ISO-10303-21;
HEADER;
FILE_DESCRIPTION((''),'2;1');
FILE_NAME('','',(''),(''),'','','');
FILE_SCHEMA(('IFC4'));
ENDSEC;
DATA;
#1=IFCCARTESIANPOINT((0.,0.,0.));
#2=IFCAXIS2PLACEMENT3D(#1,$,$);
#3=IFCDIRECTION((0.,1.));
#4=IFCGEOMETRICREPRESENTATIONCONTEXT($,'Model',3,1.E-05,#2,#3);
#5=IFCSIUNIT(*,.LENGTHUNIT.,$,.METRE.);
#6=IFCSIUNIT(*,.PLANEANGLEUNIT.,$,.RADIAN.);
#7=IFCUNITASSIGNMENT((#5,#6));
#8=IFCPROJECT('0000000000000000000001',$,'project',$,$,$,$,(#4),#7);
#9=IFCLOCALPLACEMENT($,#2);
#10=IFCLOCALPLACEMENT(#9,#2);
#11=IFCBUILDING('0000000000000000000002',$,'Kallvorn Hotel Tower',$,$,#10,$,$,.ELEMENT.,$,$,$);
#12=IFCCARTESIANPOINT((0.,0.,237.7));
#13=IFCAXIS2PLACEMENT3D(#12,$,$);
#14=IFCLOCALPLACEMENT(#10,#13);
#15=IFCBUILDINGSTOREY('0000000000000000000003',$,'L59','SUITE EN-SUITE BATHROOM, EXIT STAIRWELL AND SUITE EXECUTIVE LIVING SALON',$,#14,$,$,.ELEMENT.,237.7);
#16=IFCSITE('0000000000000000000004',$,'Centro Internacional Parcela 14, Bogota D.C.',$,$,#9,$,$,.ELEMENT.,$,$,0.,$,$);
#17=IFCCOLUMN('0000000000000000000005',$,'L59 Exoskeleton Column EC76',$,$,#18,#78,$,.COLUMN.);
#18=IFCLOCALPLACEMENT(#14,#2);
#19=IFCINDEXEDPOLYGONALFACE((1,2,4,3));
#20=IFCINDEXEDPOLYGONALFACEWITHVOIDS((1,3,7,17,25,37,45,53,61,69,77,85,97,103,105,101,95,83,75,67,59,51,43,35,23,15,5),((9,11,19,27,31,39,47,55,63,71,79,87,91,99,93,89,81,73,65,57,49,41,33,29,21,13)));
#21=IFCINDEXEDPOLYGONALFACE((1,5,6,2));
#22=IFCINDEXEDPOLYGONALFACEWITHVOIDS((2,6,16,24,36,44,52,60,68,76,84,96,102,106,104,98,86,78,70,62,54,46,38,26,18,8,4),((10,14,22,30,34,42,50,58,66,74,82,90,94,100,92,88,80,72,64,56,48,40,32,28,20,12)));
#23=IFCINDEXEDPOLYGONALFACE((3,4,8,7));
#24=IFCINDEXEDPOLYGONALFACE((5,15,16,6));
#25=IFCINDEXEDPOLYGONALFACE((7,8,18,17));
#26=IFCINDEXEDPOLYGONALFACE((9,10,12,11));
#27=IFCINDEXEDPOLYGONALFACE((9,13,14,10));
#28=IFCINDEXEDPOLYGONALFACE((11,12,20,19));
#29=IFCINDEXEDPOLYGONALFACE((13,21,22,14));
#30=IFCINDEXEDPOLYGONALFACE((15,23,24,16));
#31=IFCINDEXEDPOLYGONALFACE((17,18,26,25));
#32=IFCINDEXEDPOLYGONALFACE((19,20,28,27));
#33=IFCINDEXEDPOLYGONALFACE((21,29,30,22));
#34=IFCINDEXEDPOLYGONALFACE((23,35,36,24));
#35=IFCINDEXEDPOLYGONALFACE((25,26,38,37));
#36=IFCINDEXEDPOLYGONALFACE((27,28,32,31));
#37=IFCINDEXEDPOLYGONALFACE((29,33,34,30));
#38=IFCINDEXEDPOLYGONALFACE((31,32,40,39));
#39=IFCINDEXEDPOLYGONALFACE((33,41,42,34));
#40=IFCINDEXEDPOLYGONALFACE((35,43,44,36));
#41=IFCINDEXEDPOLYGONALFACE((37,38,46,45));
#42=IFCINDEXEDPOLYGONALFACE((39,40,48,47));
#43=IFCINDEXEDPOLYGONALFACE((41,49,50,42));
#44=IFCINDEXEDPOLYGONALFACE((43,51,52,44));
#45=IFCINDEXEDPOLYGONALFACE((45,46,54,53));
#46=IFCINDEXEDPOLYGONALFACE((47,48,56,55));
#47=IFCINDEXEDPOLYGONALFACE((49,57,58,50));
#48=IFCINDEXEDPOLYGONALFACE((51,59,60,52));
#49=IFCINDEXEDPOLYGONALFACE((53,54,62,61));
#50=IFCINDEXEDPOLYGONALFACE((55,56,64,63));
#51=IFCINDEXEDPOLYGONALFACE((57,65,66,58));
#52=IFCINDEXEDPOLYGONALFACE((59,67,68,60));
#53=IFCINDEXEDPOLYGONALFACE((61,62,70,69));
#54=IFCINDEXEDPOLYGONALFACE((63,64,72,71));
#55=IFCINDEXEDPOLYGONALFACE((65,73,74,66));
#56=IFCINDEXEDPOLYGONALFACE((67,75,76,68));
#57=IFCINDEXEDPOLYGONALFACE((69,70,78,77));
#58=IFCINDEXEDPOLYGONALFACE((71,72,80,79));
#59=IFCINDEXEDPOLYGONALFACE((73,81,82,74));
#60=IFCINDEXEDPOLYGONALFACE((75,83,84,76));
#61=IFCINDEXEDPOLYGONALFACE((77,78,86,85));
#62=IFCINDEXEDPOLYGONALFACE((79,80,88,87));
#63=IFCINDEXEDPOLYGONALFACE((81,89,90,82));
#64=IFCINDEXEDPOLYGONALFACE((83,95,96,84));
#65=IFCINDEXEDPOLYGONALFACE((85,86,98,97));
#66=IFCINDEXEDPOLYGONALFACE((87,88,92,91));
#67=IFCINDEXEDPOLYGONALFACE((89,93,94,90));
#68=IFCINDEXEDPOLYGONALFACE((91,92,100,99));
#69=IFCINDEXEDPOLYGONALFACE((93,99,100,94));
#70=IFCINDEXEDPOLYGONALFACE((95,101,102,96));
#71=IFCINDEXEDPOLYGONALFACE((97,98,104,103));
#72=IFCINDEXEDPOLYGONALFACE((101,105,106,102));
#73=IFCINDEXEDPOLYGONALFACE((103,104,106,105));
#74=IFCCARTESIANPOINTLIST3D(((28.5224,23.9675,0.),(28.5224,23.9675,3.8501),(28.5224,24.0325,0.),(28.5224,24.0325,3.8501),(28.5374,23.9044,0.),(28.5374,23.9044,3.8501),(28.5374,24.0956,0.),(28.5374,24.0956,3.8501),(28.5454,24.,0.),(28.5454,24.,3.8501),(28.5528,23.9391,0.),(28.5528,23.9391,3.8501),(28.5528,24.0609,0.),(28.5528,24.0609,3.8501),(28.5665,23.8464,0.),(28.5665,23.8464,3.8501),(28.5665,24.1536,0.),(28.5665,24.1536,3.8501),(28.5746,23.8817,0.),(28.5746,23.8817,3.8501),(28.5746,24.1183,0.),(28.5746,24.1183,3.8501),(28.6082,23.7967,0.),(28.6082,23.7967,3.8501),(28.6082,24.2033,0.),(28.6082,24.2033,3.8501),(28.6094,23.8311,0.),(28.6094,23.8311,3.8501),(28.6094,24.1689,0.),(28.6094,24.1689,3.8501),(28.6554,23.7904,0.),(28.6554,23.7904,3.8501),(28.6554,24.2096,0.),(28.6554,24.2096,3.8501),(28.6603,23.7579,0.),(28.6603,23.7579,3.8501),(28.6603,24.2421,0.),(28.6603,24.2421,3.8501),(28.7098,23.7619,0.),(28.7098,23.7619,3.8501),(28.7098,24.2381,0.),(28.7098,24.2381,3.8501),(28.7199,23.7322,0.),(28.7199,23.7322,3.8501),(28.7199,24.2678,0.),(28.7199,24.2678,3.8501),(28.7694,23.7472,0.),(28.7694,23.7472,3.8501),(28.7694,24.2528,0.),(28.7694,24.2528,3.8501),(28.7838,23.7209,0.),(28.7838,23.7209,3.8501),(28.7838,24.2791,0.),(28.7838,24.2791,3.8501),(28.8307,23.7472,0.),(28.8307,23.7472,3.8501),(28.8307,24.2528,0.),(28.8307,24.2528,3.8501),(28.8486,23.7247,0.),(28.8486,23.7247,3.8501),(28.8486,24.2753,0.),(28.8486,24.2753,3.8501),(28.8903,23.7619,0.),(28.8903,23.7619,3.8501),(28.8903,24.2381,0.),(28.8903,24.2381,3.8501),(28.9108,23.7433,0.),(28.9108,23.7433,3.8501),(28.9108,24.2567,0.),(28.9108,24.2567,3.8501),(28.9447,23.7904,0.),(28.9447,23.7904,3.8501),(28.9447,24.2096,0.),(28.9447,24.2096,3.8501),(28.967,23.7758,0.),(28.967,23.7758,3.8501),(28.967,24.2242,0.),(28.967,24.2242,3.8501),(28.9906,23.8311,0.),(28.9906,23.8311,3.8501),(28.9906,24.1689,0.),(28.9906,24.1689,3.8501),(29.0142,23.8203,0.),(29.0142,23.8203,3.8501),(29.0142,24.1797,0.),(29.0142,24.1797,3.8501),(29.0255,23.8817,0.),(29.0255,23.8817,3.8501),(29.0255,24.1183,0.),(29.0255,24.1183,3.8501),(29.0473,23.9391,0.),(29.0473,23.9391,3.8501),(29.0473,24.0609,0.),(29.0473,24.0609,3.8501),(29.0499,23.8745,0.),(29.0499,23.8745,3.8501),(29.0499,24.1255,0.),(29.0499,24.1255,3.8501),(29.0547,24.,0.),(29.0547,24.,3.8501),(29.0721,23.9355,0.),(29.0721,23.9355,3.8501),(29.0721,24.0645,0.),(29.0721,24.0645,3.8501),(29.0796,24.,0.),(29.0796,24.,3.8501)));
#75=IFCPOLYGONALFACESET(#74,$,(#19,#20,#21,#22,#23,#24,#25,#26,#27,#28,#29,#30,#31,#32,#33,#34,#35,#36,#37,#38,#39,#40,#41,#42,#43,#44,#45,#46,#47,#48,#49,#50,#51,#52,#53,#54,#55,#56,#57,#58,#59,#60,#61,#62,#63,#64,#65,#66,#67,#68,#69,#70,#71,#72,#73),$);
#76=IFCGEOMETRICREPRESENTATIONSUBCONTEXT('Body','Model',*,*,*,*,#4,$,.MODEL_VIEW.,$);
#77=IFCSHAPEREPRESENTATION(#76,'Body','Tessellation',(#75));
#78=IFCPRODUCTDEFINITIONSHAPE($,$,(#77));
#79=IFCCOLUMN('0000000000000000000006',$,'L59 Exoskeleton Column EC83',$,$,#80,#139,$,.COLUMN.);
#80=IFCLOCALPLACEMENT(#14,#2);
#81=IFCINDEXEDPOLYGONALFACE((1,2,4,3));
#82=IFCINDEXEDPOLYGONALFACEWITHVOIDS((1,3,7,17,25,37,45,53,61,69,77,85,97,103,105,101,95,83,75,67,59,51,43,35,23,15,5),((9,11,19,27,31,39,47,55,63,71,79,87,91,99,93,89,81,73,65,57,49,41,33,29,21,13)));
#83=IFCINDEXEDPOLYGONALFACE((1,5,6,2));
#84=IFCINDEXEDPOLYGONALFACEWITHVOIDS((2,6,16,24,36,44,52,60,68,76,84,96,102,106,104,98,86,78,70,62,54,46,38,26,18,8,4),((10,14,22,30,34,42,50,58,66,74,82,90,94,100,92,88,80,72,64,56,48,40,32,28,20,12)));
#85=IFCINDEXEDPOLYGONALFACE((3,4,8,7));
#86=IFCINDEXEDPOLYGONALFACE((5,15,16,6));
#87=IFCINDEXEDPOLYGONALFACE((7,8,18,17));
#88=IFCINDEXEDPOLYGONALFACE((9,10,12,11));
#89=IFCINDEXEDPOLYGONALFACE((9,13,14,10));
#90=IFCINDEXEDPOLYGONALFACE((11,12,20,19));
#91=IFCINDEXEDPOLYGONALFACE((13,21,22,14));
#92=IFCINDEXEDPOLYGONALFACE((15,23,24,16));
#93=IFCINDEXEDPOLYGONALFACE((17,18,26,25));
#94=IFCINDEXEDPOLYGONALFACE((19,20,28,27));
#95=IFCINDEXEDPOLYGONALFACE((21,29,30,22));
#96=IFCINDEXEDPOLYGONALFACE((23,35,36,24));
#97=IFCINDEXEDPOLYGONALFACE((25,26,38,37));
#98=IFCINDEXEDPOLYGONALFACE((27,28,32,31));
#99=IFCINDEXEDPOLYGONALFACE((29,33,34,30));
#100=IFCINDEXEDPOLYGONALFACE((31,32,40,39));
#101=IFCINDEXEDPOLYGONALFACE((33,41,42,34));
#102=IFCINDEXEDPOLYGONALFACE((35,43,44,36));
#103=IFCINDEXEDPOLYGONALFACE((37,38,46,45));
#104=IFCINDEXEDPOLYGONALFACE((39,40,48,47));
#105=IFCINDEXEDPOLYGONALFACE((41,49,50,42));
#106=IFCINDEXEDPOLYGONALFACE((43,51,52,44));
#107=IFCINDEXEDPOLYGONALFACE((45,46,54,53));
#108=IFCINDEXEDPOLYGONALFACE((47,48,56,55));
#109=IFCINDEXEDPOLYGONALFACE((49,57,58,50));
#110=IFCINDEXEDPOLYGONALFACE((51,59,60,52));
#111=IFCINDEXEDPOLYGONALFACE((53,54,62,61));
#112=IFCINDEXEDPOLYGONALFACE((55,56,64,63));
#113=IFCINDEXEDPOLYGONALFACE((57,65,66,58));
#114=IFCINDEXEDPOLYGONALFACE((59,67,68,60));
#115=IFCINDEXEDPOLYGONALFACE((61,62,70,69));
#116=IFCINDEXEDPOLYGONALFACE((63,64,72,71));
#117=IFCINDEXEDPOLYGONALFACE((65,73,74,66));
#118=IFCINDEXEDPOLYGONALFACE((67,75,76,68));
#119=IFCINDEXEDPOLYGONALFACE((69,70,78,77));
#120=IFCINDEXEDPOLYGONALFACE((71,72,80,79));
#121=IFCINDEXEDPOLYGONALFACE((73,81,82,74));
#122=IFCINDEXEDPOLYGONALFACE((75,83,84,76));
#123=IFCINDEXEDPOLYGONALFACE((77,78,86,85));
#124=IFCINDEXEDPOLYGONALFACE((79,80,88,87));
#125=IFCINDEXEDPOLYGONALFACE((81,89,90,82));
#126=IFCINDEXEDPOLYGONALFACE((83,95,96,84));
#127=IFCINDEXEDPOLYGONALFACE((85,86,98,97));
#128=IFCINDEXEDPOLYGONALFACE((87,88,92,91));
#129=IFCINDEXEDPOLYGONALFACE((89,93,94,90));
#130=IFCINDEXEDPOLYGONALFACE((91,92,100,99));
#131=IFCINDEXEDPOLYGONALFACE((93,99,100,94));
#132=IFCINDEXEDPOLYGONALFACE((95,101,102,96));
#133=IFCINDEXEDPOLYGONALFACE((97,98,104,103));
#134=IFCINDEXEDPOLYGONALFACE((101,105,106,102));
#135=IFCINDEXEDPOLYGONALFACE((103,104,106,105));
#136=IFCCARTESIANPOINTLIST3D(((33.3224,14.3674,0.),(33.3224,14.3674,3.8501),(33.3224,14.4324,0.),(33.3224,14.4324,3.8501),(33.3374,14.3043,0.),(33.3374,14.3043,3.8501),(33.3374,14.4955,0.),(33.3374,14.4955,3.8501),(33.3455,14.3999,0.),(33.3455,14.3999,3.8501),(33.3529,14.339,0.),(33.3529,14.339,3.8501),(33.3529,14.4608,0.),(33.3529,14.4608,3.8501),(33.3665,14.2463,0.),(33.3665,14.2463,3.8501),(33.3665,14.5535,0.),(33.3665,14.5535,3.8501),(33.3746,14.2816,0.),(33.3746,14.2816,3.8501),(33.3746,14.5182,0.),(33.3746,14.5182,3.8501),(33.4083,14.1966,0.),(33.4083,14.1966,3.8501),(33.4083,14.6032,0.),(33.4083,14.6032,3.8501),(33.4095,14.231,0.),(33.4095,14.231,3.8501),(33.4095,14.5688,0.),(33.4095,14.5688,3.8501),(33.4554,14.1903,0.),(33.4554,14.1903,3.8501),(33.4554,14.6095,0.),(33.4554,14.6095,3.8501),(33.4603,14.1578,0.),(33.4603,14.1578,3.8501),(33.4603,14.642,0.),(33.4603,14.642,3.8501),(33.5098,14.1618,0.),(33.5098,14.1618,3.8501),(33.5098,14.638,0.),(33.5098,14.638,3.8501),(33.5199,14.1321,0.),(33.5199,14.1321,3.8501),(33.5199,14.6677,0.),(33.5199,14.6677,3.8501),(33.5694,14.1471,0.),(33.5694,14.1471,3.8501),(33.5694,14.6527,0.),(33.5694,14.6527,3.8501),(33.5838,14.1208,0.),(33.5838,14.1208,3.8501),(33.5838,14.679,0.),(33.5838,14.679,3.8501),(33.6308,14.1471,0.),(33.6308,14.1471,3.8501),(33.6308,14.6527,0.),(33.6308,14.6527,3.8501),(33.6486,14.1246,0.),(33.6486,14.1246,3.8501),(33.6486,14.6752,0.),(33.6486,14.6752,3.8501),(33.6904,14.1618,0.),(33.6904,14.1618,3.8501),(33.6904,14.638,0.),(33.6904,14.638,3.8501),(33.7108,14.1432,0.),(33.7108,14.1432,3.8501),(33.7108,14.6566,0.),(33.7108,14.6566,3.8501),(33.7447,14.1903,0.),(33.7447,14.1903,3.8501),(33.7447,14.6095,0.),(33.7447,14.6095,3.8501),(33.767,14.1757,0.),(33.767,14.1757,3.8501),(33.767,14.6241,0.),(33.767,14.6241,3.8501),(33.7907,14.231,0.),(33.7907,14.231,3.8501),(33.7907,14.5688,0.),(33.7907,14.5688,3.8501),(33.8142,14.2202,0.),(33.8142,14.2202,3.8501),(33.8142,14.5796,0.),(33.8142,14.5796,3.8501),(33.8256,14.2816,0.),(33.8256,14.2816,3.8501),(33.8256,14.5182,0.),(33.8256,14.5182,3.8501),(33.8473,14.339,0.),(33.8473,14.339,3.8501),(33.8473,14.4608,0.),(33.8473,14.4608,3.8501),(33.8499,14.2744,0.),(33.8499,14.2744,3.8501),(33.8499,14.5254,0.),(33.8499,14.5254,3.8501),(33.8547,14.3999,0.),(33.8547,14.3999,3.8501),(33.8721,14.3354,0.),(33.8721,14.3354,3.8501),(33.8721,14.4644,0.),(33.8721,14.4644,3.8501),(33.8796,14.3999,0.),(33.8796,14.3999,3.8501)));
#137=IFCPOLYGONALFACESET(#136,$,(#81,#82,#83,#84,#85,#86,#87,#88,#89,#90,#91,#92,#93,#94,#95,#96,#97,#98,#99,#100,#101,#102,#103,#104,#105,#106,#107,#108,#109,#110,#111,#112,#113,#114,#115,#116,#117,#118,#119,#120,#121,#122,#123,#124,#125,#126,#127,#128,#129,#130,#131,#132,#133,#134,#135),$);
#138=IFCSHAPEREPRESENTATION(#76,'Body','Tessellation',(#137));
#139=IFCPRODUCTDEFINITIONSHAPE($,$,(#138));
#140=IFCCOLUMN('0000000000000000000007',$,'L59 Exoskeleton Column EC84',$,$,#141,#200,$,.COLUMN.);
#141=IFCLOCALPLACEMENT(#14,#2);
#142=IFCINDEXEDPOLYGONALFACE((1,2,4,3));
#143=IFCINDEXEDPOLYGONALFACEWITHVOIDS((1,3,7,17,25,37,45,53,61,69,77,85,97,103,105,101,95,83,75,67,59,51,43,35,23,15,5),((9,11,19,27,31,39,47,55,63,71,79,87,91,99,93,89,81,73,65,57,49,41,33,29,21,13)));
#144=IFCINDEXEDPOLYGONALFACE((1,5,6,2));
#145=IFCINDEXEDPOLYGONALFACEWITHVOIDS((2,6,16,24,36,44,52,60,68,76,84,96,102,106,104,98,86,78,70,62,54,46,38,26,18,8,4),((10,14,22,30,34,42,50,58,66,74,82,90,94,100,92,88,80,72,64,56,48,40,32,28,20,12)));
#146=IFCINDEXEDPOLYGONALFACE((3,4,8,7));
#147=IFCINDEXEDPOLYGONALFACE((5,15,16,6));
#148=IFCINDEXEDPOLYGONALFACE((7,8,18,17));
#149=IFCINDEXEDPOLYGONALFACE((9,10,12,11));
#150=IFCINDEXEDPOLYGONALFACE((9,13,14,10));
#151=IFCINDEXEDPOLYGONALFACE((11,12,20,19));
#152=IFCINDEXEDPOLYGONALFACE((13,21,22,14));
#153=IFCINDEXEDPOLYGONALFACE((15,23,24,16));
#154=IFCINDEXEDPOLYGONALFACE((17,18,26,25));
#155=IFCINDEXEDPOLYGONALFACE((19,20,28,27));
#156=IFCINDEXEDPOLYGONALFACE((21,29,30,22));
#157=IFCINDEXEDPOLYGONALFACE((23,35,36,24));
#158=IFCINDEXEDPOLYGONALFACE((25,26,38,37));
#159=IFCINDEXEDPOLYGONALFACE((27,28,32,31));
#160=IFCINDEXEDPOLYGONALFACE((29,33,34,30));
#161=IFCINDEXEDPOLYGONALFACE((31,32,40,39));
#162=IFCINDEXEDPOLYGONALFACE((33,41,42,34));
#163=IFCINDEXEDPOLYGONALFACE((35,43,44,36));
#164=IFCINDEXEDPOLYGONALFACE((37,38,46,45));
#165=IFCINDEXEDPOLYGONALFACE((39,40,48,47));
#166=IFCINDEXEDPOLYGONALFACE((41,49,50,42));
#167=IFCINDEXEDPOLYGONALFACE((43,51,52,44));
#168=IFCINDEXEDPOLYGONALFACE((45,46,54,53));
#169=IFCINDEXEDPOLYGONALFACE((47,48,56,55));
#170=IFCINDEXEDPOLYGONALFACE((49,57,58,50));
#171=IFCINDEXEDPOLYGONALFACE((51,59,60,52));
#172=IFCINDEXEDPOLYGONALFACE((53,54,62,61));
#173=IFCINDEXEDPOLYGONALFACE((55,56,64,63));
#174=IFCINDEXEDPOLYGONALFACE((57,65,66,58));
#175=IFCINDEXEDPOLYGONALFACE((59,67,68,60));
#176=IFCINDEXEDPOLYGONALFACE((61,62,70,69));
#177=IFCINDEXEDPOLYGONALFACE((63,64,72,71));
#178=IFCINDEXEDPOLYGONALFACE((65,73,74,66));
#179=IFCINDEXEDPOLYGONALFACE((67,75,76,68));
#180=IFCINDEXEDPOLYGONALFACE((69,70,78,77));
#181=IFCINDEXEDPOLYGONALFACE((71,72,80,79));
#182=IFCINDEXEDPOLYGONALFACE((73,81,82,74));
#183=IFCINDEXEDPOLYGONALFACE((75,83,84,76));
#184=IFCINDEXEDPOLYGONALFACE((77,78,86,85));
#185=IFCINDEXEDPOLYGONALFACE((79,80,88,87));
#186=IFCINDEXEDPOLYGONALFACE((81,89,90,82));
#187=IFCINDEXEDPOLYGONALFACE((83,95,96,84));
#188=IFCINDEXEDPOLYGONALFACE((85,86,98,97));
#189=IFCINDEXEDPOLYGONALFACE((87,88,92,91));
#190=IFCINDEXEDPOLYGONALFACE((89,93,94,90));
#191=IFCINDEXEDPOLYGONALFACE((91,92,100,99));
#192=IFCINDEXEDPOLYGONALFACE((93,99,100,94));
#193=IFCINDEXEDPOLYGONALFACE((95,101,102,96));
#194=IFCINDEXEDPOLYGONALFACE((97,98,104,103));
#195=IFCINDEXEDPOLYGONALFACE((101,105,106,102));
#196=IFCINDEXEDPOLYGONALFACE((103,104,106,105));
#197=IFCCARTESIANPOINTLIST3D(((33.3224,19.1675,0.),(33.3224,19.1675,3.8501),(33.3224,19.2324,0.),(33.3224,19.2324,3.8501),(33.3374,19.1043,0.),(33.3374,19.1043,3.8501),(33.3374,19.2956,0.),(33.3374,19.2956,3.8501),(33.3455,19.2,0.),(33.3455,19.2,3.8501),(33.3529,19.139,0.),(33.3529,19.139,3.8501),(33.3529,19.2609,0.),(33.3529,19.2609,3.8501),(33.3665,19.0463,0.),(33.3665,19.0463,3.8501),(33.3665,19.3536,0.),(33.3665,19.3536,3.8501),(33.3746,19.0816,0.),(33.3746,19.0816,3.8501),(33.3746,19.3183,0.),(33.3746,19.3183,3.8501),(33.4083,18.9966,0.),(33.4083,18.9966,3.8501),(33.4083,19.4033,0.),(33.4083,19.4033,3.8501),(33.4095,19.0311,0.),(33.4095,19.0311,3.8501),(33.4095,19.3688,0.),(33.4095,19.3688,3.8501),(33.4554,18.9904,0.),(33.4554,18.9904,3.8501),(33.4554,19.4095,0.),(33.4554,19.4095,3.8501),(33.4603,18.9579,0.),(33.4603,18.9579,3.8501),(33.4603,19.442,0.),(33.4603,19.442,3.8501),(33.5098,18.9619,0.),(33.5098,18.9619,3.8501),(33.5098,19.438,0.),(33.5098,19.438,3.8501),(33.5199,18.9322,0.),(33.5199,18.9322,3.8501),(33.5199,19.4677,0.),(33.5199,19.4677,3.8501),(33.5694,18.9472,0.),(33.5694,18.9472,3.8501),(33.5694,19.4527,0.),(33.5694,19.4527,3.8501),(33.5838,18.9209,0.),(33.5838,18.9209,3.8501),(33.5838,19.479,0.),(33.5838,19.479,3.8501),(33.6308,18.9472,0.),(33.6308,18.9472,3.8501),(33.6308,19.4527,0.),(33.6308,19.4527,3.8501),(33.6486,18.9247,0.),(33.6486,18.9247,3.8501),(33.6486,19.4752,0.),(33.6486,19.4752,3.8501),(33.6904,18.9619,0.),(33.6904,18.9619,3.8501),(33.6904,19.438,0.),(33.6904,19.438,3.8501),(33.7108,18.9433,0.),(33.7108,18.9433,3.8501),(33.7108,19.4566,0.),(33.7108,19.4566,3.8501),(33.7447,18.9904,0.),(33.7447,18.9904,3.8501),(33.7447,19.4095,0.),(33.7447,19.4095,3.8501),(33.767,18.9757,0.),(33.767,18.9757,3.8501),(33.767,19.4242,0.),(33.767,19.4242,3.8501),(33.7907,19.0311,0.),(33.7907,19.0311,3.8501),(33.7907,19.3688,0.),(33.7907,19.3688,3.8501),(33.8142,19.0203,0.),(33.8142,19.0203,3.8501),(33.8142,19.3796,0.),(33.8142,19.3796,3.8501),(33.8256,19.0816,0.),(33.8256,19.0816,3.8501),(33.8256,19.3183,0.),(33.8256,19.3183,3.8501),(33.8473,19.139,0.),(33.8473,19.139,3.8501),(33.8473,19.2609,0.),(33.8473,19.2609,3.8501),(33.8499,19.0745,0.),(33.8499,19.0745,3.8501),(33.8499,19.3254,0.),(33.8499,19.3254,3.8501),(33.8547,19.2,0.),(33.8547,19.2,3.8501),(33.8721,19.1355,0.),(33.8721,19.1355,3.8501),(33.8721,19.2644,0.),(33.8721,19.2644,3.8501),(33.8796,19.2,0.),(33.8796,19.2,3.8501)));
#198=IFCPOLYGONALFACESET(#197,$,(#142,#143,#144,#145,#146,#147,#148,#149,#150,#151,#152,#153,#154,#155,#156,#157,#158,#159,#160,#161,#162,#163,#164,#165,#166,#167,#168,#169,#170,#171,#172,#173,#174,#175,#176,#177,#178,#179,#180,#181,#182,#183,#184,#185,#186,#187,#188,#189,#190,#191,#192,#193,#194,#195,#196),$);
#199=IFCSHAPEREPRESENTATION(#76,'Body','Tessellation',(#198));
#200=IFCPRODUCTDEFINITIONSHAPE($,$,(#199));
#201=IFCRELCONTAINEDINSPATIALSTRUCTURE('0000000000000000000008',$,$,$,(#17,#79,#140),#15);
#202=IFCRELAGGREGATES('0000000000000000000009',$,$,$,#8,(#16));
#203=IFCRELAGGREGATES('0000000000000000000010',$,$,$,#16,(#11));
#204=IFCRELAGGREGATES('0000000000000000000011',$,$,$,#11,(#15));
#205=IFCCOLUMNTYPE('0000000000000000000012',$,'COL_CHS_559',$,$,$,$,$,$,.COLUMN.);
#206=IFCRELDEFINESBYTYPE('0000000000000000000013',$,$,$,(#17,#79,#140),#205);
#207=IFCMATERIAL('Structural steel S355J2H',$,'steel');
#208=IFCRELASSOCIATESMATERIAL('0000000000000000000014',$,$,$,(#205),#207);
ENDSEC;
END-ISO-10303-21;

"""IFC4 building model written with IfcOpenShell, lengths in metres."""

from ifc_helpers import new_model, si_unit, direction, frame, origin, origin_2d, place, context, subcontext, project, spatial, hollow_circle, extrude, material, material_profile, profile_set, type_object, element, save


model = new_model("IFC4")

# Units and contexts
model_context = context("Model", 3, precision=1e-05, world=origin(), true_north=direction((0.0, 1.0)))
body_context = subcontext(model_context, "Body", "Model", "MODEL_VIEW")
ifc_project = project(units=[si_unit("LENGTHUNIT", "METRE"), si_unit("PLANEANGLEUNIT", "RADIAN")], contexts=[model_context])

# Site, building, storey
site_placement = place(None, origin())
site = spatial("IfcSite", under=ifc_project, at=site_placement, Name="Centro Internacional Parcela 14, Bogota D.C.", CompositionType="ELEMENT", RefElevation=0.0)
building_placement = place(site_placement, origin())
building = spatial("IfcBuilding", under=site, at=building_placement, Name="Kallvorn Hotel Tower", CompositionType="ELEMENT")
storey_placement = place(building_placement, frame((0.0, 0.0, 237.7)))
storey = spatial("IfcBuildingStorey", under=building, at=storey_placement, Name="L59", Description="SUITE EN-SUITE BATHROOM, EXIT STAIRWELL AND SUITE EXECUTIVE LIVING SALON", CompositionType="ELEMENT", Elevation=237.7)

# Columns
ifc_material_1 = material(Name="Structural steel S355J2H", Category="steel")
ifc_material_profile_1 = material_profile(ifc_material_1, hollow_circle(Radius=0.2795, WallThickness=0.0249, at=origin_2d()), Name="CHS 559x25")
ifc_profile_set_1 = profile_set([ifc_material_profile_1], Name="Structural steel S355J2H")
column_type = type_object("IfcColumnType", Name="COL_CHS_559", PredefinedType="COLUMN", material=ifc_profile_set_1)
for number, where, z_axis, x_axis, name in (
    (1, (28.8, 24.0, 0.0), (0.0, 0.0, 1.0), (1.0, 0.0, 0.0), "L59 Exoskeleton Column EC76"),
    (2, (33.6001, 14.3999, 0.0), (0.0, 0.0, 1.0), (1.0, 0.0, 0.0), "L59 Exoskeleton Column EC83"),
    (3, (33.6001, 19.2, 0.0), (0.0, 0.0, 1.0), (1.0, 0.0, 0.0), "L59 Exoskeleton Column EC84"),
):
    element("IfcColumn", number, at=place(storey_placement, frame(where, z_axis=z_axis, x_axis=x_axis)), inside=storey, type_object=column_type, Name=name, PredefinedType="COLUMN", context=body_context, shape_type="SweptSolid", body=[
        extrude(hollow_circle(Radius=0.2795, WallThickness=0.0249, at=origin_2d()), origin(), (0.0, 0.0, 1.0), 3.8501),
    ])

save(model, "model.ifc")
